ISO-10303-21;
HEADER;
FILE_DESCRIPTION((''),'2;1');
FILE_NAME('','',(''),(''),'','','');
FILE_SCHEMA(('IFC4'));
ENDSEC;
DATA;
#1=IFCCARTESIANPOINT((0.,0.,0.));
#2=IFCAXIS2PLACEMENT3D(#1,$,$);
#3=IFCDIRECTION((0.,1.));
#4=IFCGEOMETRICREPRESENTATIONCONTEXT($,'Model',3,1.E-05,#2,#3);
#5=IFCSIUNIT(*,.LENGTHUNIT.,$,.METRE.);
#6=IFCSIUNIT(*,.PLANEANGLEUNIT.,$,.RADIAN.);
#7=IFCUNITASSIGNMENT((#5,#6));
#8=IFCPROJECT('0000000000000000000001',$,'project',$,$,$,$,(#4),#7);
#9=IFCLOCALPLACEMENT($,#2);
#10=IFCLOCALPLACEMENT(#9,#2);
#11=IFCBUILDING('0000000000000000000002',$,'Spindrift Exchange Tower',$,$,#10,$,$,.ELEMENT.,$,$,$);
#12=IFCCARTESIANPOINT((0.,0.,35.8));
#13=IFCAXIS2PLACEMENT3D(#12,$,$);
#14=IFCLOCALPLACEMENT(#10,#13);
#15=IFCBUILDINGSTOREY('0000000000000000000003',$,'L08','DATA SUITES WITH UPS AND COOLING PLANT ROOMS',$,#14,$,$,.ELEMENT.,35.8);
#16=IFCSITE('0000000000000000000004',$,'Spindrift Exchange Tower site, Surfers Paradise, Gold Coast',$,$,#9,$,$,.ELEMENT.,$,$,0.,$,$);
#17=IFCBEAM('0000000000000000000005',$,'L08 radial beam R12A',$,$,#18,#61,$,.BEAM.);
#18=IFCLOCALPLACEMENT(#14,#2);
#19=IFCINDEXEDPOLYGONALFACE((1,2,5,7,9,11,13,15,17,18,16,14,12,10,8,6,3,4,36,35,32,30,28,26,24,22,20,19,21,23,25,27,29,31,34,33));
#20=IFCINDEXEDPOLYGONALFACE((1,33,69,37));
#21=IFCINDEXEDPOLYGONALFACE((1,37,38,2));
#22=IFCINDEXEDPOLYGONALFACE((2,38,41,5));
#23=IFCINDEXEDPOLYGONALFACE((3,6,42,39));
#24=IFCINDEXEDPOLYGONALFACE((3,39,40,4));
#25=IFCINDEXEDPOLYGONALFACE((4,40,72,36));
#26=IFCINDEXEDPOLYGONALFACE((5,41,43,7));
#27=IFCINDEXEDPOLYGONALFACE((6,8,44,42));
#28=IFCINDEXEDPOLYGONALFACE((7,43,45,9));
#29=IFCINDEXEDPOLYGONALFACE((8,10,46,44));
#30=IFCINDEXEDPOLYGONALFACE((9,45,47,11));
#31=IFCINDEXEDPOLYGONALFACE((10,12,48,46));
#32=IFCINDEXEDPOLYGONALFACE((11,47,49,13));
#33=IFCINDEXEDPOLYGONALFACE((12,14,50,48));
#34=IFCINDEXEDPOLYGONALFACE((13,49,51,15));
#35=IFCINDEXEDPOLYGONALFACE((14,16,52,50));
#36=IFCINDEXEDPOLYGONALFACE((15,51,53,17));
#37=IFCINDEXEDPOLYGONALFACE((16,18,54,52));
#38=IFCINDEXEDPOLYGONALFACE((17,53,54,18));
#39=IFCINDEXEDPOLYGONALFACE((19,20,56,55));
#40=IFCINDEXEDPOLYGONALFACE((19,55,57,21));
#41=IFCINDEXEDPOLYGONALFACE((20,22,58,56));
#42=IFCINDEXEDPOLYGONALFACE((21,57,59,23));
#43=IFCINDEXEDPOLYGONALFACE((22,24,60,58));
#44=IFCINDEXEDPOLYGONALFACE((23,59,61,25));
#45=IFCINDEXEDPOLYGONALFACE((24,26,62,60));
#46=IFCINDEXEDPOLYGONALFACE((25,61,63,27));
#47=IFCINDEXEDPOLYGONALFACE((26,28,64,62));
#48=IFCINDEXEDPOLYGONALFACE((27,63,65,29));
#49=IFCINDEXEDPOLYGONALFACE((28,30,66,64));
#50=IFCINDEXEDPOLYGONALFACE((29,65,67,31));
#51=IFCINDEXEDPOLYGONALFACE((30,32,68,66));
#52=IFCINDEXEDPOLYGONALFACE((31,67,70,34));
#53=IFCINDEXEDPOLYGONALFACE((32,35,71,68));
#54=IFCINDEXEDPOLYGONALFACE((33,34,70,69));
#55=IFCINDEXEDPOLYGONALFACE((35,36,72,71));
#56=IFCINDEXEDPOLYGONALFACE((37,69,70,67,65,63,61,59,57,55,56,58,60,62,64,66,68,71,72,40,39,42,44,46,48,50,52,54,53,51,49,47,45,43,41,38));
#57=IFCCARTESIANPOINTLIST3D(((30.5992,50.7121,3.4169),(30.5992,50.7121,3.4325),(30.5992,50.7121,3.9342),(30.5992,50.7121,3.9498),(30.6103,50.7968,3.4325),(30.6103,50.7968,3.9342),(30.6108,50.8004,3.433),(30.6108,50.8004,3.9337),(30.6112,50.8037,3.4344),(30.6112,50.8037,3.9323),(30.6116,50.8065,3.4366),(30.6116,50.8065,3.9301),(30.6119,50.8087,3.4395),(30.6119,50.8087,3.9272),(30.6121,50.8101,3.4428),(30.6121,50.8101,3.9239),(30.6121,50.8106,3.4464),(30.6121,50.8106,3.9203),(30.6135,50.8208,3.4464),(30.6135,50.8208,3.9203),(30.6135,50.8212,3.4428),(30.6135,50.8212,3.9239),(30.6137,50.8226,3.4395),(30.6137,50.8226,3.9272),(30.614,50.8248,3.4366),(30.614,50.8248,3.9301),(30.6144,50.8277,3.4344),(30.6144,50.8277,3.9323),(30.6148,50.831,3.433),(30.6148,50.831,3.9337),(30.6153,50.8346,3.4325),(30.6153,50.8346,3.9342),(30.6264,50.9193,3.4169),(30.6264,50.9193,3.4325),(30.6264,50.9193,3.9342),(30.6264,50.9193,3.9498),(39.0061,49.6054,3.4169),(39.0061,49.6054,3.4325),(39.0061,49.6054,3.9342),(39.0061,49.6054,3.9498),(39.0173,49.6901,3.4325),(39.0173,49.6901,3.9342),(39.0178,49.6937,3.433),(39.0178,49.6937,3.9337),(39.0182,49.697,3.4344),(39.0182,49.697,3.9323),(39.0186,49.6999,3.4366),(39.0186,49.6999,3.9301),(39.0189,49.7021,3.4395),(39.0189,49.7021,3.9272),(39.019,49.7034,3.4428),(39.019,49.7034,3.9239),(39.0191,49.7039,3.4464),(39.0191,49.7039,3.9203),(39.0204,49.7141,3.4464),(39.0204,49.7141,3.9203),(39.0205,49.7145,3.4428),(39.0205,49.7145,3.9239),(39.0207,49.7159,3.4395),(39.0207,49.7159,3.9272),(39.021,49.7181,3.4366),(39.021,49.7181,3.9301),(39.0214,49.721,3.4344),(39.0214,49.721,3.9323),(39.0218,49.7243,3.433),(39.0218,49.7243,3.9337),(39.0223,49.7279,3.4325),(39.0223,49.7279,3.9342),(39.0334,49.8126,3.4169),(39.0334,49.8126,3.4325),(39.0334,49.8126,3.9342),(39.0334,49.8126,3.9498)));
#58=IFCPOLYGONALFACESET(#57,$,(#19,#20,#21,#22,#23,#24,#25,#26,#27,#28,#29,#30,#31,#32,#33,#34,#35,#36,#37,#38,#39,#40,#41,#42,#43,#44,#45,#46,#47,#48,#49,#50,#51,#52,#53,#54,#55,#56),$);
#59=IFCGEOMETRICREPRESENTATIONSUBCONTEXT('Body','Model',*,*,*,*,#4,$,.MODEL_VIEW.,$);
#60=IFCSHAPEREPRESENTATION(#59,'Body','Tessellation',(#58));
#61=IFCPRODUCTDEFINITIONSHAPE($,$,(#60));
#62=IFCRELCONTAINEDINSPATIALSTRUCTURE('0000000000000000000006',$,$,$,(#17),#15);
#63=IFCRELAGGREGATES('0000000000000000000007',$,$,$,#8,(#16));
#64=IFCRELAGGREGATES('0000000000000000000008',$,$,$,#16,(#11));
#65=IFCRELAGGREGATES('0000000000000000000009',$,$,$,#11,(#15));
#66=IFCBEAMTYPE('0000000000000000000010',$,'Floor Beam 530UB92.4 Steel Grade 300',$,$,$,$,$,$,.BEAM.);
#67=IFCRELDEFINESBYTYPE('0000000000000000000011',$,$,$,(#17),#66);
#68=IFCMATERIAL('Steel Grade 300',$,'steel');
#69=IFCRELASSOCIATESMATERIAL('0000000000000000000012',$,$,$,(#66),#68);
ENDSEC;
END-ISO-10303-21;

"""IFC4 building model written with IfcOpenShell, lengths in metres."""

from ifc_helpers import new_model, si_unit, direction, frame, origin, origin_2d, place, context, subcontext, project, spatial, i_section, extrude, source, transform, mapped, material, material_profile, profile_set, type_object, element, save


model = new_model("IFC4")

# Units and contexts
model_context = context("Model", 3, precision=1e-05, world=origin(), true_north=direction((0.0, 1.0)))
body_context = subcontext(model_context, "Body", "Model", "MODEL_VIEW")
ifc_project = project(units=[si_unit("LENGTHUNIT", "METRE"), si_unit("PLANEANGLEUNIT", "RADIAN")], contexts=[model_context])

# Site, building, storey
site_placement = place(None, origin())
site = spatial("IfcSite", under=ifc_project, at=site_placement, Name="Spindrift Exchange Tower site, Surfers Paradise, Gold Coast", CompositionType="ELEMENT", RefElevation=0.0)
building_placement = place(site_placement, origin())
building = spatial("IfcBuilding", under=site, at=building_placement, Name="Spindrift Exchange Tower", CompositionType="ELEMENT")
storey_placement = place(building_placement, frame((0.0, 0.0, 35.8)))
storey = spatial("IfcBuildingStorey", under=building, at=storey_placement, Name="L08", Description="DATA SUITES WITH UPS AND COOLING PLANT ROOMS", CompositionType="ELEMENT", Elevation=35.8)

# Beam
ifc_material_1 = material(Name="Steel Grade 300", Category="steel")
ifc_material_profile_1 = material_profile(ifc_material_1, i_section(OverallWidth=0.209, OverallDepth=0.533, WebThickness=0.0103, FlangeThickness=0.0156, FilletRadius=0.0139, at=origin_2d()), Name="530UB92.4")
ifc_profile_set_1 = profile_set([ifc_material_profile_1], Name="Steel Grade 300")
beam_type_1 = type_object("IfcBeamType", Name="Floor Beam 530UB92.4 Steel Grade 300", PredefinedType="BEAM", material=ifc_profile_set_1)
shared_shape_1 = source(origin(), body_context, "Body", "SweptSolid", [
    extrude(i_section(OverallWidth=0.209, OverallDepth=0.533, WebThickness=0.0103, FlangeThickness=0.0156, FilletRadius=0.0139, at=origin_2d()), origin(), (0.0, 0.0, 1.0), 8.4795),
])
beam_1_placement = place(storey_placement, frame((39.0198, 49.709, 3.6833), z_axis=(-0.991447, 0.130513, 0.0), x_axis=(-0.130513, -0.991447, 0.0)))
element("IfcBeam", 1, at=beam_1_placement, inside=storey, type_object=beam_type_1, Name="L08 radial beam R12A", PredefinedType="BEAM", context=body_context, shape_type="MappedRepresentation", body=[
    mapped(shared_shape_1, transform((0.0, 0.0, 0.0), scale=1.0)),
])

save(model, "model.ifc")
